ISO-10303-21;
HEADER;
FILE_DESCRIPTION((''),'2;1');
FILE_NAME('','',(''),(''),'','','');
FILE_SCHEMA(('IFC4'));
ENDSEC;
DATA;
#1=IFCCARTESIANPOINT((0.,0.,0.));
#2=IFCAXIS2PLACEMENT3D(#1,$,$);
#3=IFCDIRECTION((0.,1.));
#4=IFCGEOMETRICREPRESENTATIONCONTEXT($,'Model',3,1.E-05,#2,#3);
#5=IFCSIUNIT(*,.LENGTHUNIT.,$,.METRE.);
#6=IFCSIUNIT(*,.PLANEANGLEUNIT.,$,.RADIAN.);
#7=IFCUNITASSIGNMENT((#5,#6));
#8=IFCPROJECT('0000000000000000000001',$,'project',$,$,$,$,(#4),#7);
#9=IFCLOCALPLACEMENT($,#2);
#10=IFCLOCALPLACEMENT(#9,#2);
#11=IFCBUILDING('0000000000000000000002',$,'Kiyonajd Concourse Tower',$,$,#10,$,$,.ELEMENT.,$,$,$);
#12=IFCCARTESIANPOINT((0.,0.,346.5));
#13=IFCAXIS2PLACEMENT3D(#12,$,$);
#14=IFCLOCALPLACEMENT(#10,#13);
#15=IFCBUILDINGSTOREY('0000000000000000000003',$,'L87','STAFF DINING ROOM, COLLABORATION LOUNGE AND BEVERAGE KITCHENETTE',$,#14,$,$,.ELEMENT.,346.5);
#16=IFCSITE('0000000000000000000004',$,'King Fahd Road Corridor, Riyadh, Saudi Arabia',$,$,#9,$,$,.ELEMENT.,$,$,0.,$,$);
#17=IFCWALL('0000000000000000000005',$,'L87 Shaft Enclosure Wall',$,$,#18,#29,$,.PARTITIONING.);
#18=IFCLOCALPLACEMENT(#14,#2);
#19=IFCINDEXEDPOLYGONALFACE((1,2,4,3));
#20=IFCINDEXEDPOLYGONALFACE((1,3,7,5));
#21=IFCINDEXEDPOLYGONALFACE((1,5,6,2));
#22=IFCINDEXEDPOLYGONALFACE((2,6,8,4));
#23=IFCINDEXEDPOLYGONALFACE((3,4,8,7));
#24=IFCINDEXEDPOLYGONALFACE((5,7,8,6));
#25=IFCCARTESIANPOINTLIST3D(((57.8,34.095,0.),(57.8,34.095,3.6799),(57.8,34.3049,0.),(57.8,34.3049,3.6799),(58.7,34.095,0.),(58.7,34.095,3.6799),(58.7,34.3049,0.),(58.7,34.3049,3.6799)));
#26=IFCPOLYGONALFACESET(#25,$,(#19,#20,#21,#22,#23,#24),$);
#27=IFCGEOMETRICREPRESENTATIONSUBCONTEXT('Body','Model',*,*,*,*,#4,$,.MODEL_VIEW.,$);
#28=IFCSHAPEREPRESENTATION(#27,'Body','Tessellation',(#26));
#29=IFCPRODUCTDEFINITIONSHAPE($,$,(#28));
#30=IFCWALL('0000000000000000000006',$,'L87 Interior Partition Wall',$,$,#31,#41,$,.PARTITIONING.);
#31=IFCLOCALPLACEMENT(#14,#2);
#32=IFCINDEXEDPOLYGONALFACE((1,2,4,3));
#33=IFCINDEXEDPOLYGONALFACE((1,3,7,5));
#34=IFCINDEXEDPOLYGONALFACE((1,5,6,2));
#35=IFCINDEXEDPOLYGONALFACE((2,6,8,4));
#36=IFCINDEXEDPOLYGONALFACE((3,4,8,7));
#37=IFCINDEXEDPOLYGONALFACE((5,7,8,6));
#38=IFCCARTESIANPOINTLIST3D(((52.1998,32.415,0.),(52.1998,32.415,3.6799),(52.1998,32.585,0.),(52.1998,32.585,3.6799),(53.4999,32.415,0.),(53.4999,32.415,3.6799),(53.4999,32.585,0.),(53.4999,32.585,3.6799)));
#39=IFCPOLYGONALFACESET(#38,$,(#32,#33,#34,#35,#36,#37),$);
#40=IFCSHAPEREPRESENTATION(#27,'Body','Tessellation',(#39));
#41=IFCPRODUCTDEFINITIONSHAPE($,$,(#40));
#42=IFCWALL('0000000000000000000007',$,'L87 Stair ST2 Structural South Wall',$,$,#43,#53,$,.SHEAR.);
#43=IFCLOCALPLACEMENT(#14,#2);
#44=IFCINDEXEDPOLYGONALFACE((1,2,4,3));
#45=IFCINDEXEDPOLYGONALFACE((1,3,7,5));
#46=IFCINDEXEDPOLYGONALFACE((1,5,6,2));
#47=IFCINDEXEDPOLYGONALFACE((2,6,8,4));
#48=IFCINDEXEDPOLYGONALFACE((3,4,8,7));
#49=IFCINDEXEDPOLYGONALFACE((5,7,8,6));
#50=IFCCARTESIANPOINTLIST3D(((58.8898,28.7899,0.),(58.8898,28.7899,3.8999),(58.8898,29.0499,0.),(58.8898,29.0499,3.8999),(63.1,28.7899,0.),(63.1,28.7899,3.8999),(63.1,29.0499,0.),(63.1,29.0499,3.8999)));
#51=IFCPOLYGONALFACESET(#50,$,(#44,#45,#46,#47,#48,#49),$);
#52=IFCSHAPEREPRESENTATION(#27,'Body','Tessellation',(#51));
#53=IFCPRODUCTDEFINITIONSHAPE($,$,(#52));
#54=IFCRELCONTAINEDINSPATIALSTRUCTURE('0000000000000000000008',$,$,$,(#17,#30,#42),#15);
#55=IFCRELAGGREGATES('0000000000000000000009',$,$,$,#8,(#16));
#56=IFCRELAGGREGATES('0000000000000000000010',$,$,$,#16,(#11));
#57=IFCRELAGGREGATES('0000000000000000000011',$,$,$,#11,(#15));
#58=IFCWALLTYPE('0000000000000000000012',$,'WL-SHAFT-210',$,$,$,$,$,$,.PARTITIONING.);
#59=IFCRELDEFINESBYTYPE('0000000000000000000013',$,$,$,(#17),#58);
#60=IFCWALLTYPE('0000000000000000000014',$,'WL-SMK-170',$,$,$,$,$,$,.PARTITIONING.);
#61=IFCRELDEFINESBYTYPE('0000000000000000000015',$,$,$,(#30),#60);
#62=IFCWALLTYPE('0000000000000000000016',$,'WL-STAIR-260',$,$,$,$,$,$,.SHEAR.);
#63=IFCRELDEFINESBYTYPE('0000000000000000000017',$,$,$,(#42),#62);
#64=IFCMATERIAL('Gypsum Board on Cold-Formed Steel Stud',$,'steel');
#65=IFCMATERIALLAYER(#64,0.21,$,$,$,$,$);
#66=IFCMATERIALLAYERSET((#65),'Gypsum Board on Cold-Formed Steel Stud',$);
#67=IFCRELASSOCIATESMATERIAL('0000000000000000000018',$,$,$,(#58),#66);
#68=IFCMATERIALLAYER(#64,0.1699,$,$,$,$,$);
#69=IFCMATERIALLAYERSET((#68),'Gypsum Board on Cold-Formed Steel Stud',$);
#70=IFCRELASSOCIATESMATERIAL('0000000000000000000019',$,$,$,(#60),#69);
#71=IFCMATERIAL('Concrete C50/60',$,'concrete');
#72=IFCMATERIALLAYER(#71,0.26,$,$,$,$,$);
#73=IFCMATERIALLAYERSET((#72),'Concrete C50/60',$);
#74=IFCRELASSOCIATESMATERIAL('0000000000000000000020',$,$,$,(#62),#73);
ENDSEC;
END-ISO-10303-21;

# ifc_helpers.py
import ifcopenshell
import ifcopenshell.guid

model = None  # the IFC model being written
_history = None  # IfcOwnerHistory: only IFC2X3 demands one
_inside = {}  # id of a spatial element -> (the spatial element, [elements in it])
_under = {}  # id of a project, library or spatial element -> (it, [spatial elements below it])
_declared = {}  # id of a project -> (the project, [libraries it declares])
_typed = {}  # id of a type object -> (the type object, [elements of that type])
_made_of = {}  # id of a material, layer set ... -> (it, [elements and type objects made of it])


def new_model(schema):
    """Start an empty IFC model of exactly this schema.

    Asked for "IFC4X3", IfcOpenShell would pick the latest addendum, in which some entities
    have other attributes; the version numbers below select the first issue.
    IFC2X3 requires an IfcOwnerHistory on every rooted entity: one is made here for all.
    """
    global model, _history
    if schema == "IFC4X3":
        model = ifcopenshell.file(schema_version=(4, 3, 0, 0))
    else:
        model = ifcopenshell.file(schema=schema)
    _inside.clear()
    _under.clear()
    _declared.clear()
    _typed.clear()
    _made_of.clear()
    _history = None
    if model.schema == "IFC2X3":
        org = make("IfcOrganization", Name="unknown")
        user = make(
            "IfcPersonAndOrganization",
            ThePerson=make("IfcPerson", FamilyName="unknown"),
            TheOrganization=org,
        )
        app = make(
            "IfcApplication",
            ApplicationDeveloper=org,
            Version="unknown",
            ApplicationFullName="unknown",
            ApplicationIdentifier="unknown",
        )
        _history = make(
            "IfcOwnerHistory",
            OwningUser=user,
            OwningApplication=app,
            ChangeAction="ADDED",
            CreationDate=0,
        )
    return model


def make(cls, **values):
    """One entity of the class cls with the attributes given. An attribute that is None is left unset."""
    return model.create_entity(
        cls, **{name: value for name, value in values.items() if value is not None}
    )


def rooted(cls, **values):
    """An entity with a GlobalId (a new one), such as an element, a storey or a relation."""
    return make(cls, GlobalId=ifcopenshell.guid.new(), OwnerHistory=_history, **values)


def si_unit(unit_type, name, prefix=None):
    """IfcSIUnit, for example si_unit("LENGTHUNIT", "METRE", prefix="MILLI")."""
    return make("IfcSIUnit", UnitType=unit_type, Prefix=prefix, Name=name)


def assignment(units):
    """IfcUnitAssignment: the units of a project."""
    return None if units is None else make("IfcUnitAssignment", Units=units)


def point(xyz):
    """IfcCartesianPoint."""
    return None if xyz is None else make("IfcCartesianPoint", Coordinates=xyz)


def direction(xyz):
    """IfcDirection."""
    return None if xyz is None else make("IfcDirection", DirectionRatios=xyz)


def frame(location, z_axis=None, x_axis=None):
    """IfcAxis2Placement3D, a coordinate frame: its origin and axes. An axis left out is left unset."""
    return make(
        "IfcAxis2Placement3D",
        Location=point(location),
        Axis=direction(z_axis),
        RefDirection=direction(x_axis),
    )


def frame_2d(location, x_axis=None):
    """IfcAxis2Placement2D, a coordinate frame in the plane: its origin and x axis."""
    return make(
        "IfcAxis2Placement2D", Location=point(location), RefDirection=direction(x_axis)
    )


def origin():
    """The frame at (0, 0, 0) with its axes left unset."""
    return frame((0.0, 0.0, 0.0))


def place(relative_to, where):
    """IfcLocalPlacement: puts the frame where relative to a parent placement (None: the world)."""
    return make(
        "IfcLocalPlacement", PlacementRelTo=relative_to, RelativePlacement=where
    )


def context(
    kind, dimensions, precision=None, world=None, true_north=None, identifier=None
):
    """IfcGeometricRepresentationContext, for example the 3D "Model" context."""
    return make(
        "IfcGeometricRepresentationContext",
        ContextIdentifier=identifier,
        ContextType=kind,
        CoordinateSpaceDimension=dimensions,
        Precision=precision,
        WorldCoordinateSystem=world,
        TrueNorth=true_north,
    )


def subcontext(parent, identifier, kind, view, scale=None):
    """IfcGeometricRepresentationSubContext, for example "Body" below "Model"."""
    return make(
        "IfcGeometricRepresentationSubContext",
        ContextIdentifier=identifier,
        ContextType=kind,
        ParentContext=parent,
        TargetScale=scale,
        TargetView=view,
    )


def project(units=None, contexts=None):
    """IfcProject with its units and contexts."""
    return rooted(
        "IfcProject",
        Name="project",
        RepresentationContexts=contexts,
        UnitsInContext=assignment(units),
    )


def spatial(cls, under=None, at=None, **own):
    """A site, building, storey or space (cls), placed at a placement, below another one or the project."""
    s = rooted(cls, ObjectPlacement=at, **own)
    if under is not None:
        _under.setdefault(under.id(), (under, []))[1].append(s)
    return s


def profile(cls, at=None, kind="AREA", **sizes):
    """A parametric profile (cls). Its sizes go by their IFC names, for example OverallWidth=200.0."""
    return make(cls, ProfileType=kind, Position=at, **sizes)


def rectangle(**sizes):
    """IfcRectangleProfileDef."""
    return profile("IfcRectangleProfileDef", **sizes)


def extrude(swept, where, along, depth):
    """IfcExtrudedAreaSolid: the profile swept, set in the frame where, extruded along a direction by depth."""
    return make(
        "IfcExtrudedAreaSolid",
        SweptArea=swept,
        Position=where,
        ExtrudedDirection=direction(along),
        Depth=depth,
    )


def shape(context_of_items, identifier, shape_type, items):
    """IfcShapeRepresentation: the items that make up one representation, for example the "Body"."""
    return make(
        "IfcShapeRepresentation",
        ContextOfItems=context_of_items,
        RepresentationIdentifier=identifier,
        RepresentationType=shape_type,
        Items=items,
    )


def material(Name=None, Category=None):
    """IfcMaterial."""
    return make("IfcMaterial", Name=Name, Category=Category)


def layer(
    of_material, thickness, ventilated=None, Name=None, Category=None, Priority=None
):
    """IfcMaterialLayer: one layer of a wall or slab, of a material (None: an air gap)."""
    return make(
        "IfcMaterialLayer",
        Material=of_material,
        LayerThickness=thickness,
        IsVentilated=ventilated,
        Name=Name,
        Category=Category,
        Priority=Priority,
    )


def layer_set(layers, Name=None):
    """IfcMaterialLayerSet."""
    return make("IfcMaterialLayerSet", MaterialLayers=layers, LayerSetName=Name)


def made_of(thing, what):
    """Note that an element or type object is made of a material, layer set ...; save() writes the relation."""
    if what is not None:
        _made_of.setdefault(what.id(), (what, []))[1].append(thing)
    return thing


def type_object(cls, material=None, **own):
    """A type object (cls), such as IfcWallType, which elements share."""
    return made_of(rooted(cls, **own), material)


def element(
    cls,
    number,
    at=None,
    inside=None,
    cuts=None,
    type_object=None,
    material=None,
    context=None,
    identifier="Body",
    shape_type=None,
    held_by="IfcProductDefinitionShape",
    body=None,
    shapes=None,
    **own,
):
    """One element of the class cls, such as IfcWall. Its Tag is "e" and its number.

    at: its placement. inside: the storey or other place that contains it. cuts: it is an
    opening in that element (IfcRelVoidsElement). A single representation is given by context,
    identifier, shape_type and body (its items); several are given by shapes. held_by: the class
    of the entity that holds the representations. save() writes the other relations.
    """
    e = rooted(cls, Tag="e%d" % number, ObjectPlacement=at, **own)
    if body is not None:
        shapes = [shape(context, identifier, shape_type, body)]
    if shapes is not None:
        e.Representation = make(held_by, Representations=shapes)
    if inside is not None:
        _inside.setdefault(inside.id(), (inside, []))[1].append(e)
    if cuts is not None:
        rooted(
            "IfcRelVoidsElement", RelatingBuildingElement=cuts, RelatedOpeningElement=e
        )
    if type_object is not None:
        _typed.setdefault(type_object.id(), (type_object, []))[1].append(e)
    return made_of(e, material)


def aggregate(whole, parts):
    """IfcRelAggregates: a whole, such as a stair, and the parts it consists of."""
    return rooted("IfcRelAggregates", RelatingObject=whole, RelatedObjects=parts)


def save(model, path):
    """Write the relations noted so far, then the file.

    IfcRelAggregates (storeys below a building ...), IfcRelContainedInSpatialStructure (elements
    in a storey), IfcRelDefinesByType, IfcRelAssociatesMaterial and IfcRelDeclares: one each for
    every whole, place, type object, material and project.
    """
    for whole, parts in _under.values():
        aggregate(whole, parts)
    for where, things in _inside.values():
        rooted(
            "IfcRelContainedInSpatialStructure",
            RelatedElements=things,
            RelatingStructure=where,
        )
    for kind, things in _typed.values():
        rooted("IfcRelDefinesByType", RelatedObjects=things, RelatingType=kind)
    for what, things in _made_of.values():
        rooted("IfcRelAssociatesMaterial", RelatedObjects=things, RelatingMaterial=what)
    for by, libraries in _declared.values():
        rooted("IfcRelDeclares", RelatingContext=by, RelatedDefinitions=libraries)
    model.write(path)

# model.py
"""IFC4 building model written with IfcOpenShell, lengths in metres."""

from ifc_helpers import new_model, si_unit, direction, frame, frame_2d, origin, place, context, subcontext, project, spatial, rectangle, extrude, material, layer, layer_set, type_object, element, save


model = new_model("IFC4")

# Units and contexts
model_context = context("Model", 3, precision=1e-05, world=origin(), true_north=direction((0.0, 1.0)))
body_context = subcontext(model_context, "Body", "Model", "MODEL_VIEW")
ifc_project = project(units=[si_unit("LENGTHUNIT", "METRE"), si_unit("PLANEANGLEUNIT", "RADIAN")], contexts=[model_context])

# Site, building, storey
site_placement = place(None, origin())
site = spatial("IfcSite", under=ifc_project, at=site_placement, Name="King Fahd Road Corridor, Riyadh, Saudi Arabia", CompositionType="ELEMENT", RefElevation=0.0)
building_placement = place(site_placement, origin())
building = spatial("IfcBuilding", under=site, at=building_placement, Name="Kiyonajd Concourse Tower", CompositionType="ELEMENT")
storey_placement = place(building_placement, frame((0.0, 0.0, 346.5)))
storey = spatial("IfcBuildingStorey", under=building, at=storey_placement, Name="L87", Description="STAFF DINING ROOM, COLLABORATION LOUNGE AND BEVERAGE KITCHENETTE", CompositionType="ELEMENT", Elevation=346.5)

# Shared definitions
ifc_material_1 = material(Name="Concrete C50/60", Category="concrete")

# Shared definitions
ifc_material_2 = material(Name="Gypsum Board on Cold-Formed Steel Stud", Category="steel")
ifc_layer_1 = layer(ifc_material_2, 0.21)
ifc_layer_set_1 = layer_set([ifc_layer_1], Name="Gypsum Board on Cold-Formed Steel Stud")
wall_type_1 = type_object("IfcWallType", Name="WL-SHAFT-210", PredefinedType="PARTITIONING", material=ifc_layer_set_1)

# Walls
wall_1_placement = place(storey_placement, frame((57.8, 34.2, 0.0), z_axis=(0.0, 0.0, 1.0), x_axis=(1.0, 0.0, 0.0)))
element("IfcWall", 1, at=wall_1_placement, inside=storey, type_object=wall_type_1, Name="L87 Shaft Enclosure Wall", PredefinedType="PARTITIONING", context=body_context, shape_type="SweptSolid", body=[
    extrude(rectangle(XDim=0.8999, YDim=0.21, at=frame_2d((0.45, 0.0))), origin(), (0.0, 0.0, 1.0), 3.6799),
])
ifc_layer_2 = layer(ifc_material_2, 0.1699)
ifc_layer_set_2 = layer_set([ifc_layer_2], Name="Gypsum Board on Cold-Formed Steel Stud")
wall_type_2 = type_object("IfcWallType", Name="WL-SMK-170", PredefinedType="PARTITIONING", material=ifc_layer_set_2)
wall_2_placement = place(storey_placement, frame((52.2, 32.5, 0.0), z_axis=(0.0, 0.0, 1.0), x_axis=(1.0, 0.0, 0.0)))
element("IfcWall", 2, at=wall_2_placement, inside=storey, type_object=wall_type_2, Name="L87 Interior Partition Wall", PredefinedType="PARTITIONING", context=body_context, shape_type="SweptSolid", body=[
    extrude(rectangle(XDim=1.3, YDim=0.1699, at=frame_2d((0.6499, 0.0))), origin(), (0.0, 0.0, 1.0), 3.6799),
])
ifc_layer_3 = layer(ifc_material_1, 0.26)
ifc_layer_set_3 = layer_set([ifc_layer_3], Name="Concrete C50/60")
wall_type_3 = type_object("IfcWallType", Name="WL-STAIR-260", PredefinedType="SHEAR", material=ifc_layer_set_3)
wall_3_placement = place(storey_placement, frame((58.8899, 28.9199, 0.0), z_axis=(0.0, 0.0, 1.0), x_axis=(1.0, 0.0, 0.0)))
element("IfcWall", 3, at=wall_3_placement, inside=storey, type_object=wall_type_3, Name="L87 Stair ST2 Structural South Wall", PredefinedType="SHEAR", context=body_context, shape_type="SweptSolid", body=[
    extrude(rectangle(XDim=4.2102, YDim=0.26, at=frame_2d((2.105, 0.0))), origin(), (0.0, 0.0, 1.0), 3.8999),
])

save(model, "model.ifc")
